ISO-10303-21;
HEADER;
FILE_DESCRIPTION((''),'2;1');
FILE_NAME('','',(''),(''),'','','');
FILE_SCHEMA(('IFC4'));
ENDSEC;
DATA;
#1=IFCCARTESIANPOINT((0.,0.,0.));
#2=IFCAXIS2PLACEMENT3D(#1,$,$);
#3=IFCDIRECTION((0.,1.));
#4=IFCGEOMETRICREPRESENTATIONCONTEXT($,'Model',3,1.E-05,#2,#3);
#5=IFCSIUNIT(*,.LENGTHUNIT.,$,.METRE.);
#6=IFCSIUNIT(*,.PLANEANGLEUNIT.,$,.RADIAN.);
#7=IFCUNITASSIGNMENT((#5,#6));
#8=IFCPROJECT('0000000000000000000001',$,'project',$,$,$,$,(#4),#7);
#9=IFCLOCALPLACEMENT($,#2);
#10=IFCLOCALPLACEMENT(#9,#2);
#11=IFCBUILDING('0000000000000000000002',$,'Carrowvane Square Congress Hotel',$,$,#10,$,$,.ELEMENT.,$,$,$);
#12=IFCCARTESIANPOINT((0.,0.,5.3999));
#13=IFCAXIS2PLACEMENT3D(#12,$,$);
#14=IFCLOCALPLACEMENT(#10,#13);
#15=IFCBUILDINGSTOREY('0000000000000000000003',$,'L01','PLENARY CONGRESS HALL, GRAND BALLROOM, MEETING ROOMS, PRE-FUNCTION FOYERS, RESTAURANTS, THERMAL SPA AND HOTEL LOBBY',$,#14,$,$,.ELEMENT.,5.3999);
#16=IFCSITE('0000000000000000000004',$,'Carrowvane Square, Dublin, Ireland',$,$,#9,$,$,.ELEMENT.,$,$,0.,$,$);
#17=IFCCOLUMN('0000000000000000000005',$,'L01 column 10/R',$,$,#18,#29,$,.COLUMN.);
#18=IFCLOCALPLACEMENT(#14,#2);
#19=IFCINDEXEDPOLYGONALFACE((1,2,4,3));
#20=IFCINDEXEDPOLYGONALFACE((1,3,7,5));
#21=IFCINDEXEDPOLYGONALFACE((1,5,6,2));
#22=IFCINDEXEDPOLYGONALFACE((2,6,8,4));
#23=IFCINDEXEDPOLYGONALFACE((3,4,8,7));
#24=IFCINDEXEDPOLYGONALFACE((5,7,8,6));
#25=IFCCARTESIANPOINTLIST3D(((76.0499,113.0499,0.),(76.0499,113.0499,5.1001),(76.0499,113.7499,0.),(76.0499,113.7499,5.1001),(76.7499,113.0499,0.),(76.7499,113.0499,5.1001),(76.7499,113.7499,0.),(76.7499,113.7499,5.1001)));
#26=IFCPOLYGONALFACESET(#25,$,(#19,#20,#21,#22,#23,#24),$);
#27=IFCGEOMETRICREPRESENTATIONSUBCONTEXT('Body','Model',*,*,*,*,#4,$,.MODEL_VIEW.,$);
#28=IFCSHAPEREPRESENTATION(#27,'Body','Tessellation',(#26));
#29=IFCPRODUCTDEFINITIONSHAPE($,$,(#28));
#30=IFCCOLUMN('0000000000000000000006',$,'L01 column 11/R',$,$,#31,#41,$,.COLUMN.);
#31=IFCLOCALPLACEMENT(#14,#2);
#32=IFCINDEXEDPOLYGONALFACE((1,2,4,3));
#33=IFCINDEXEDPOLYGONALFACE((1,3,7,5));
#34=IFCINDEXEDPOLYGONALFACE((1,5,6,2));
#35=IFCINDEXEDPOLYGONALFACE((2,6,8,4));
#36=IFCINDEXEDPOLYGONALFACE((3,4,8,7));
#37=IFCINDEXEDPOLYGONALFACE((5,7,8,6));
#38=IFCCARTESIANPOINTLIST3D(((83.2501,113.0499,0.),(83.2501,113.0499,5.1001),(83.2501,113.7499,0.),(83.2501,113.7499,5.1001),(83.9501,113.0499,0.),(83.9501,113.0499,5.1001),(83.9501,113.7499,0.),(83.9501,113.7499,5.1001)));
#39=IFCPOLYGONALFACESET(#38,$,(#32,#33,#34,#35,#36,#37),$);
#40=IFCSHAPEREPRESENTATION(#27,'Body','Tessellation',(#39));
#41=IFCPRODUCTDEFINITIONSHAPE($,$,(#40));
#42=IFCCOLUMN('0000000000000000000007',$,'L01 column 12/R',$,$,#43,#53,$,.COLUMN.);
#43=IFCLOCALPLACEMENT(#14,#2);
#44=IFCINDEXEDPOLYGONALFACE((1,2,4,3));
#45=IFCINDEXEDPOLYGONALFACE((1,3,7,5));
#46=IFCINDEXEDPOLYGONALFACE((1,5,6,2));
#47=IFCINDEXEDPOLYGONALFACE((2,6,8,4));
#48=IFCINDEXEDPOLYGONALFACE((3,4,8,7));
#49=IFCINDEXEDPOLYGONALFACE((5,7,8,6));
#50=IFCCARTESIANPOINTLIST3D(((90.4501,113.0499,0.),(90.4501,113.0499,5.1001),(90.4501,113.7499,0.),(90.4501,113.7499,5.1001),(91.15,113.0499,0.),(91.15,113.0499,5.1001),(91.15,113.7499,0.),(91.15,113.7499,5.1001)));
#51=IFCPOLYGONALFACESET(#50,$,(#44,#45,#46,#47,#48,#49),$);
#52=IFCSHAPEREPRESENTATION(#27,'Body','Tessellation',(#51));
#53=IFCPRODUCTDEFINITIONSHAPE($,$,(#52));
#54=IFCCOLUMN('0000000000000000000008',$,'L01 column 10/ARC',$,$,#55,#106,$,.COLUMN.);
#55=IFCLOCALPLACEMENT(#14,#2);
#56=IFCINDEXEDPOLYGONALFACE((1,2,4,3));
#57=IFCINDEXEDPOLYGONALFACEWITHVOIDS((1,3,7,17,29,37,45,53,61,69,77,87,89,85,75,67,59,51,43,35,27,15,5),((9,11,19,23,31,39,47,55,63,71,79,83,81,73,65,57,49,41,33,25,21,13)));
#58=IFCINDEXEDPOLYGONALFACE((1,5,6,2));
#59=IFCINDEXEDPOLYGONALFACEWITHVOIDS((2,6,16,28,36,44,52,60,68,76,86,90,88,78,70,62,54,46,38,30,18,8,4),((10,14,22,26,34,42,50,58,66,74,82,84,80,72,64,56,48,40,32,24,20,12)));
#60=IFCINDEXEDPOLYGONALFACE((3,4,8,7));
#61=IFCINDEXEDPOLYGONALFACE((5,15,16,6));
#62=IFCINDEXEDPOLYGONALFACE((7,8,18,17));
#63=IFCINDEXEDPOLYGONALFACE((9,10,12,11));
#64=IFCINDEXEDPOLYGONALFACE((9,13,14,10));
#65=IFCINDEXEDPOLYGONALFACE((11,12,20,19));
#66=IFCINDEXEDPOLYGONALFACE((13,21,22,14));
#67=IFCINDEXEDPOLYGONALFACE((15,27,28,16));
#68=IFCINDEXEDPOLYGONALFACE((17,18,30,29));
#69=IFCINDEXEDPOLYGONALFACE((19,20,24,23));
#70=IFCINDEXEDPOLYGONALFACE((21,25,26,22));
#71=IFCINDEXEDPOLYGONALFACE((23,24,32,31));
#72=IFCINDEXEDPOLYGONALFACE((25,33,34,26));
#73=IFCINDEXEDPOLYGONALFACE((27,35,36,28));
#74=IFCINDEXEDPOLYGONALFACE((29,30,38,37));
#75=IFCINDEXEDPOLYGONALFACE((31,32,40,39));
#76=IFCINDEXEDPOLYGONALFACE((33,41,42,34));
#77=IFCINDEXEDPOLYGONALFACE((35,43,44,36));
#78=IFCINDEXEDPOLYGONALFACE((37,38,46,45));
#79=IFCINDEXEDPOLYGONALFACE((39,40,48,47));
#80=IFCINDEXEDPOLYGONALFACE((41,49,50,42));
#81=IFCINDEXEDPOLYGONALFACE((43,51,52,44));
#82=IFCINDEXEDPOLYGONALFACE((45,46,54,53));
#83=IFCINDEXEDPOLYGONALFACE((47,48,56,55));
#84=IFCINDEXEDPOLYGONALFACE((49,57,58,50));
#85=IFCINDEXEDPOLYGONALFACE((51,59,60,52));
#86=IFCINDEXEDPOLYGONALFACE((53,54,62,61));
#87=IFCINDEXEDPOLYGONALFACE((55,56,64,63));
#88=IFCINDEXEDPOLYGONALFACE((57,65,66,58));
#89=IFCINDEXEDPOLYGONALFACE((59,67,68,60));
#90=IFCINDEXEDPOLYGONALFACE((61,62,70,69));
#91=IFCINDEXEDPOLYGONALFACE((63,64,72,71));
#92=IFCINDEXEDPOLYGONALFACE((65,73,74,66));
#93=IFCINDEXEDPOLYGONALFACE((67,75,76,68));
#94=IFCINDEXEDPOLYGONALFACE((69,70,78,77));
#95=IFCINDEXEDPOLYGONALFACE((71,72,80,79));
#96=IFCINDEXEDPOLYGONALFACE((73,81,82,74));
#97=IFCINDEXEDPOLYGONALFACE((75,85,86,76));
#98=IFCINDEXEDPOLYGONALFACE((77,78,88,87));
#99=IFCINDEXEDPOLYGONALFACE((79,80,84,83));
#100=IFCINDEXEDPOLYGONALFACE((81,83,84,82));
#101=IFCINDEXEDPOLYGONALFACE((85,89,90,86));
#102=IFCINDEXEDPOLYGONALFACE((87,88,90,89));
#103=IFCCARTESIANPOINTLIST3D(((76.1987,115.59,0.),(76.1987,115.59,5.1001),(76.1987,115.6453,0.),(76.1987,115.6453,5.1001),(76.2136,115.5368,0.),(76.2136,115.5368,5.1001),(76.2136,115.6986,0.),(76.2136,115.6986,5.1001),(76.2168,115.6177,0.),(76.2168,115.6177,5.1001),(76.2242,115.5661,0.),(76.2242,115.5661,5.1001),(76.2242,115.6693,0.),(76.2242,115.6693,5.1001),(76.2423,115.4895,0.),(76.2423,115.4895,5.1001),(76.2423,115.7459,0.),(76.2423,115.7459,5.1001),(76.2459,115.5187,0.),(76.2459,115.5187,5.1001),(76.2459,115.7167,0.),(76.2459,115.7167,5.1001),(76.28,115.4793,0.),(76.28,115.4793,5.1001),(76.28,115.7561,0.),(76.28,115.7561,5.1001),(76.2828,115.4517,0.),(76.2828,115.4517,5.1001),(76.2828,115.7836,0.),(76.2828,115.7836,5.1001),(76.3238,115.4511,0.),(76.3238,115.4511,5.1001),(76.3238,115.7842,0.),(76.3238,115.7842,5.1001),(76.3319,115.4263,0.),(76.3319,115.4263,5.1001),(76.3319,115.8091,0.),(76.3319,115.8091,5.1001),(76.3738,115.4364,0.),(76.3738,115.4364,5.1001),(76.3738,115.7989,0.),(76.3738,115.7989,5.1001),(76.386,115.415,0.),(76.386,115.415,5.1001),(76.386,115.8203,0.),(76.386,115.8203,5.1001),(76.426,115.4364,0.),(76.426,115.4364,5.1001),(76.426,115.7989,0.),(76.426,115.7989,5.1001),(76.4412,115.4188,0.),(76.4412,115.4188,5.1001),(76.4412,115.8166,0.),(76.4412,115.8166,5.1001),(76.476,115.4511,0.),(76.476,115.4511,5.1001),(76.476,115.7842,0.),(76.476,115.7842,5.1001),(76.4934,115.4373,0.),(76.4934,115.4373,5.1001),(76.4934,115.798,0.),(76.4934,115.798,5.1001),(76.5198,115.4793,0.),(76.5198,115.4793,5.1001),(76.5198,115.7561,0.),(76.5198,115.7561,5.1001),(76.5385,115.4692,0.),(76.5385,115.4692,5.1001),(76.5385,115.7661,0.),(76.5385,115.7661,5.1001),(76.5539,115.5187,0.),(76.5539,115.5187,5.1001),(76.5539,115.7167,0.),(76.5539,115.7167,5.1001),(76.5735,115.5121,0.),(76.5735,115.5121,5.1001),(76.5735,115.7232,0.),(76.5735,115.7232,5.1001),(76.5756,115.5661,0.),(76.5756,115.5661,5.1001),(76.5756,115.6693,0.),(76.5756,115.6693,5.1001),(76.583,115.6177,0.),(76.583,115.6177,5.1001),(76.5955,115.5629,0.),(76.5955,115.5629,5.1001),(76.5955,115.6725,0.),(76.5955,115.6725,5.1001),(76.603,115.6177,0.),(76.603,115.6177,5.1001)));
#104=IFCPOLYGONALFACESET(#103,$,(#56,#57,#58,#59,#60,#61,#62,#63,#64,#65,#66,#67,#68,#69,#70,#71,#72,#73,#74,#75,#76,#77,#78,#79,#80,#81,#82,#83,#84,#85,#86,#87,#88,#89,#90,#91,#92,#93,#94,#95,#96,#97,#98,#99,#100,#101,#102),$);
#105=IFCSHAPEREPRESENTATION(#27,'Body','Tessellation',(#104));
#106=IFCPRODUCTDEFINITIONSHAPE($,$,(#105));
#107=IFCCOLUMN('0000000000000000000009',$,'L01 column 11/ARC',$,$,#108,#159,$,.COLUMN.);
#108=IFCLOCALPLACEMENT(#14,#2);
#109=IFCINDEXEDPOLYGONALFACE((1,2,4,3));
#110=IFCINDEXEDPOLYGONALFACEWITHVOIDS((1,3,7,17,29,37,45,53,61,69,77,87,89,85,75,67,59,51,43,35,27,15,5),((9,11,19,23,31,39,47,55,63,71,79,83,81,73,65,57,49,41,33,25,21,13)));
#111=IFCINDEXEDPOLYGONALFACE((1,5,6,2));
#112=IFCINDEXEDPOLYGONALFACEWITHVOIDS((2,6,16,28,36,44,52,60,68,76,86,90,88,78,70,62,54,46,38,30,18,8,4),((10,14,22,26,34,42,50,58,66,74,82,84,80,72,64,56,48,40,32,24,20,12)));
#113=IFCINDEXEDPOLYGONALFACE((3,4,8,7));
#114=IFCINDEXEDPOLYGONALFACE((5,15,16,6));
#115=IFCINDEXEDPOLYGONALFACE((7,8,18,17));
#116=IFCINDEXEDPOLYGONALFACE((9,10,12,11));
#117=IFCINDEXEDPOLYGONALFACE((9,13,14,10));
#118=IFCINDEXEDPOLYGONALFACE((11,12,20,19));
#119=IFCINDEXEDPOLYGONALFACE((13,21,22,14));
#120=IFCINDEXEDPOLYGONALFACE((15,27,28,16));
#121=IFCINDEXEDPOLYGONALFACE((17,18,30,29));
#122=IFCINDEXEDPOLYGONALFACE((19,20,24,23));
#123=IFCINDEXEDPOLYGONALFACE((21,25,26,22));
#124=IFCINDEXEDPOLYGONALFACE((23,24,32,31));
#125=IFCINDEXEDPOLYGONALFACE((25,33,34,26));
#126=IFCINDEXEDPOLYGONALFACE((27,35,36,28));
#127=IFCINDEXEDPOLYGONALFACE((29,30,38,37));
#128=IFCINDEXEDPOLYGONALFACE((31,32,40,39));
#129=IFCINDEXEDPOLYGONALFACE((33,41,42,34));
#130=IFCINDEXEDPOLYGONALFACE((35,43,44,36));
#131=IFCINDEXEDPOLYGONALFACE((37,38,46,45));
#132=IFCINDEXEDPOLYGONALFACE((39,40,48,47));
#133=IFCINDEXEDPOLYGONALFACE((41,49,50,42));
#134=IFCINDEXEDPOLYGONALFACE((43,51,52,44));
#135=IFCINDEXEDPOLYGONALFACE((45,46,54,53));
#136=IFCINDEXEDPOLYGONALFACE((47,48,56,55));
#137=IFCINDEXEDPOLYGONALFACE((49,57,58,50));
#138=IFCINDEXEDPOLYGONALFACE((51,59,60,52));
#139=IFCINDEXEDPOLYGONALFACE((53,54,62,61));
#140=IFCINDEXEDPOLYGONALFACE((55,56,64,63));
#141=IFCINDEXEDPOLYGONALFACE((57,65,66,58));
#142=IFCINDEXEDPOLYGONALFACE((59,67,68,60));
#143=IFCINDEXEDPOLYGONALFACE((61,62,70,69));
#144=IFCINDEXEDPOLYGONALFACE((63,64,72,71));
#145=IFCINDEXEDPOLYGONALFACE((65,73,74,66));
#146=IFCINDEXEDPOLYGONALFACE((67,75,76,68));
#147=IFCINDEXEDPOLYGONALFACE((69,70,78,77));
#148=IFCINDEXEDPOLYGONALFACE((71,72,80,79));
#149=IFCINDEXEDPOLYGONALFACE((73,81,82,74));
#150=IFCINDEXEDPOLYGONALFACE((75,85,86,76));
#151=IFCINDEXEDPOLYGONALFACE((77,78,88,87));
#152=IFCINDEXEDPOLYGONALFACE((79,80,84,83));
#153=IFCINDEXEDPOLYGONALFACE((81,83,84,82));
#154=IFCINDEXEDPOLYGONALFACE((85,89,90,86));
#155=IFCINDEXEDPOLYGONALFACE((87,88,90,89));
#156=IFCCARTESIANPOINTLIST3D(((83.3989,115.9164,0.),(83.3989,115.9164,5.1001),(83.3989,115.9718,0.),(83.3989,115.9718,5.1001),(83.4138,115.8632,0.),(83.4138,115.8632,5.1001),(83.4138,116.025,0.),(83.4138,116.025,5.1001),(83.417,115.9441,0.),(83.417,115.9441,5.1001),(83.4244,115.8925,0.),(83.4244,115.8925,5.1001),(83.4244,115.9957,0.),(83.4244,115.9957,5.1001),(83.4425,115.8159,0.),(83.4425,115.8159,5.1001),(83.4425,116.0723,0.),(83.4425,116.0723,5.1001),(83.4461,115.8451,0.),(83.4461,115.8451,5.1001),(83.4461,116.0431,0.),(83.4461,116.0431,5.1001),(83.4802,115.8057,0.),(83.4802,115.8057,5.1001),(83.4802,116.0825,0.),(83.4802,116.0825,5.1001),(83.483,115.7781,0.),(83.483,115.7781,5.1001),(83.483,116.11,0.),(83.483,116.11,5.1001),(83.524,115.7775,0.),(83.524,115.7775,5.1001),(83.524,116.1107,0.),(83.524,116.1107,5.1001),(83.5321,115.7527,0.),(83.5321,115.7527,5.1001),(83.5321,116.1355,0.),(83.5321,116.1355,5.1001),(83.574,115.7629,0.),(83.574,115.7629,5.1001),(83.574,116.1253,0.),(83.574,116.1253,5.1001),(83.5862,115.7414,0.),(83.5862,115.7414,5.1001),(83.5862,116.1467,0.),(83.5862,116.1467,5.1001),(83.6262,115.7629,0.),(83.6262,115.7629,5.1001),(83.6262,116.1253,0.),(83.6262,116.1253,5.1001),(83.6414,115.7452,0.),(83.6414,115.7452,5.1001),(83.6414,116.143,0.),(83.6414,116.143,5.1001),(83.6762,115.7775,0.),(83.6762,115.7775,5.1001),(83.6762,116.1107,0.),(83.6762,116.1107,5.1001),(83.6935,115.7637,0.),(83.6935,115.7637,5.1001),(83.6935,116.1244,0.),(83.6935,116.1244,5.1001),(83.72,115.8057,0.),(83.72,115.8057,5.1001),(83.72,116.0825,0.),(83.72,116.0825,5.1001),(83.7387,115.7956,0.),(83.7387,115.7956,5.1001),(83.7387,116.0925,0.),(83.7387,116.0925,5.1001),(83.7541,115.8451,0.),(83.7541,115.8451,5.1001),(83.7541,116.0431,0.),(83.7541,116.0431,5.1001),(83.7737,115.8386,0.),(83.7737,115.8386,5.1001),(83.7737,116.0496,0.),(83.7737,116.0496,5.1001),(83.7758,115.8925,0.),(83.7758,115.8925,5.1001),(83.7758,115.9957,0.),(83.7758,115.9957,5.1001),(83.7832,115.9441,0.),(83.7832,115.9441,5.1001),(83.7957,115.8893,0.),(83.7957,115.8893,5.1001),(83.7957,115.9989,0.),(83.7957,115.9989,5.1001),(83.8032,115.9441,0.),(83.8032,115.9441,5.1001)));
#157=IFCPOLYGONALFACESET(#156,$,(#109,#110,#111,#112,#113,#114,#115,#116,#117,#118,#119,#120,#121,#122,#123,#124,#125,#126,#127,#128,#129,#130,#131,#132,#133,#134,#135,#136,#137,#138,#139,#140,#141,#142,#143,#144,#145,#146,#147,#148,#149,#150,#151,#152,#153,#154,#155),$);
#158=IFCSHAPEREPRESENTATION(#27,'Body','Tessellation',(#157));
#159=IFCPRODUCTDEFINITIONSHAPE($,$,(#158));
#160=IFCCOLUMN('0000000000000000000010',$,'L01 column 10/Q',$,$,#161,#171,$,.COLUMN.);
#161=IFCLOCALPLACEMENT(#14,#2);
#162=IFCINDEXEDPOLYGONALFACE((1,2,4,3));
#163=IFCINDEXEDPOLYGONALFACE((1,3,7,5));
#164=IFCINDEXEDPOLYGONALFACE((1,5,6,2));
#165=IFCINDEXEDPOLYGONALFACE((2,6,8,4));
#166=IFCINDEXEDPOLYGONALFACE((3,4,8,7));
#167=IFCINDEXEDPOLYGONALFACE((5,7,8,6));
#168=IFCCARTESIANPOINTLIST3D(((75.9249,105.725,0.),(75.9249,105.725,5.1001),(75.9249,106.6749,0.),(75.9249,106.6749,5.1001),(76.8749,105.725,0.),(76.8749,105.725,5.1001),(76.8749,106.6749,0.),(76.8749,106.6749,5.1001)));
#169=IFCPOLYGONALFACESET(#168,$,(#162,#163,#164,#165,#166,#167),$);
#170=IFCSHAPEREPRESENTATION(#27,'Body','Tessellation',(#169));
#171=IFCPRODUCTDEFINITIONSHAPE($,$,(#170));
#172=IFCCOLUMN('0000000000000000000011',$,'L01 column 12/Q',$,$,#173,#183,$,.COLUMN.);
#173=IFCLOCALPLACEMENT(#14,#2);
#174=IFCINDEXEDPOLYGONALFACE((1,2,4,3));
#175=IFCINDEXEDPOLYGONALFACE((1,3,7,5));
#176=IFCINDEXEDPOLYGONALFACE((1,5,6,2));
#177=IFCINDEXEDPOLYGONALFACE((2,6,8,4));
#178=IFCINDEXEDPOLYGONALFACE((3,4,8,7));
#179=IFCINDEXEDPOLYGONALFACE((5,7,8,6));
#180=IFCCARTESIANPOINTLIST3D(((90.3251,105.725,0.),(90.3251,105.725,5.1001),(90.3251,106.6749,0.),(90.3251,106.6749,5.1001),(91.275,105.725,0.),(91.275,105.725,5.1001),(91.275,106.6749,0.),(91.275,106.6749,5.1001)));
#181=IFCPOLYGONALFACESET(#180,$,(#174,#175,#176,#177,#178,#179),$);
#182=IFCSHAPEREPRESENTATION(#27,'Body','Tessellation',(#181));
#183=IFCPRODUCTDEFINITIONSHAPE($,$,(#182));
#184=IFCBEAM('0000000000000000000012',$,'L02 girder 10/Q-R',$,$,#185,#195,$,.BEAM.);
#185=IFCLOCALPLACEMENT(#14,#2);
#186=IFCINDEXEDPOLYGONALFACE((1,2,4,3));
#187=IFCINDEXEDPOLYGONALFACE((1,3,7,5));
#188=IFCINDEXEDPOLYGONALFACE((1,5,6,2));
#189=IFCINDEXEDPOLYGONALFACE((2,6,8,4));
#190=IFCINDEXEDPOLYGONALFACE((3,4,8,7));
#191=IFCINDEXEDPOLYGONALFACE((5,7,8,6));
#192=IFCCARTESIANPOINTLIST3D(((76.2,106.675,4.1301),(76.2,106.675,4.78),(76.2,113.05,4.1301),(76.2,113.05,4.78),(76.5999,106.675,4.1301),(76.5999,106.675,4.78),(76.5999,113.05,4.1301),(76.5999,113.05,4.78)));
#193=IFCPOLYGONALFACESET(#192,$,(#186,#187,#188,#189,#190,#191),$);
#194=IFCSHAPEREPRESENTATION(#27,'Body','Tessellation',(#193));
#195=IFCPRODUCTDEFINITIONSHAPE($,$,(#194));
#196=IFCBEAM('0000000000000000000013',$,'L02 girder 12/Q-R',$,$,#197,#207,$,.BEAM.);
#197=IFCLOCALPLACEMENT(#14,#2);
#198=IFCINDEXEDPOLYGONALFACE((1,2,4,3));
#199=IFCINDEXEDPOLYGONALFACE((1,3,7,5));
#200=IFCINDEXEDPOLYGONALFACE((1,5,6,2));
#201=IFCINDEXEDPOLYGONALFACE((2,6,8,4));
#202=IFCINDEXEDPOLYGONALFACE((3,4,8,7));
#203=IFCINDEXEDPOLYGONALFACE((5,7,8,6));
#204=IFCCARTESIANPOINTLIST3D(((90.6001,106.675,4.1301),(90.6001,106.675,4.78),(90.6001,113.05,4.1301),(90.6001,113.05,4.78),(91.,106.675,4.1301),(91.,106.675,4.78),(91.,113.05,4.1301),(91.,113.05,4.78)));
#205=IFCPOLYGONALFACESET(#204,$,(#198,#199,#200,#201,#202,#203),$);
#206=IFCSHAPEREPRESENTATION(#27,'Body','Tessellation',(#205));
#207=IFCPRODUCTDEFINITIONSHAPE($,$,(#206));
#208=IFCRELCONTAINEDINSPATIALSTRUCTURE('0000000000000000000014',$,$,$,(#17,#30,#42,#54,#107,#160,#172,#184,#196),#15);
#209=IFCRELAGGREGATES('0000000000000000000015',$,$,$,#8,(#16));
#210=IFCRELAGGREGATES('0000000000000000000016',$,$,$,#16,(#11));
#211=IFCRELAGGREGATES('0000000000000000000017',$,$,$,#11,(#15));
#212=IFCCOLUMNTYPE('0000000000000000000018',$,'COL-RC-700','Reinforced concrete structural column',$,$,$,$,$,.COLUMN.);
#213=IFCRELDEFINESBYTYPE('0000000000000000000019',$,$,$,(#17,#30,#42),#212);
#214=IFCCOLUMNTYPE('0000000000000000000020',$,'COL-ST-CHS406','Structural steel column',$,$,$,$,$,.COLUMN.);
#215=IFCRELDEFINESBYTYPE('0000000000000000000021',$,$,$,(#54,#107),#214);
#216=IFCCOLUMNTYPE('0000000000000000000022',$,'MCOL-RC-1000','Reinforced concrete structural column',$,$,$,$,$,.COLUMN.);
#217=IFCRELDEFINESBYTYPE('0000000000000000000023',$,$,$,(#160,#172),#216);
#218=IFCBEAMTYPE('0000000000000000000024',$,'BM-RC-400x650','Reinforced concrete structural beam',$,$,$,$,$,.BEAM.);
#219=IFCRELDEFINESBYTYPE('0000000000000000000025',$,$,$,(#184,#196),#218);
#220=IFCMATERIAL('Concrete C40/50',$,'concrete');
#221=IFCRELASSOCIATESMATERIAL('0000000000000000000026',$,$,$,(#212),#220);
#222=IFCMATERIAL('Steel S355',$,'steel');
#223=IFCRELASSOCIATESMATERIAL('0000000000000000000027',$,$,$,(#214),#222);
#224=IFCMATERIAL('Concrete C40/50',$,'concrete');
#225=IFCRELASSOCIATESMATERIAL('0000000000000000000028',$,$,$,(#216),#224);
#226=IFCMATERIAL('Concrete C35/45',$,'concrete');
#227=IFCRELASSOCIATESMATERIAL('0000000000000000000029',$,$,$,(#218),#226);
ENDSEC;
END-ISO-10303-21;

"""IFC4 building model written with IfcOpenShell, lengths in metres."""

from ifc_helpers import new_model, si_unit, direction, frame, origin, origin_2d, place, context, subcontext, project, spatial, rectangle, hollow_circle, extrude, material, material_profile, profile_set, type_object, element, save


model = new_model("IFC4")

# Units and contexts
model_context = context("Model", 3, precision=1e-05, world=origin(), true_north=direction((0.0, 1.0)))
body_context = subcontext(model_context, "Body", "Model", "MODEL_VIEW")
ifc_project = project(units=[si_unit("LENGTHUNIT", "METRE"), si_unit("PLANEANGLEUNIT", "RADIAN")], contexts=[model_context])

# Site, building, storey
site_placement = place(None, origin())
site = spatial("IfcSite", under=ifc_project, at=site_placement, Name="Carrowvane Square, Dublin, Ireland", CompositionType="ELEMENT", RefElevation=0.0)
building_placement = place(site_placement, origin())
building = spatial("IfcBuilding", under=site, at=building_placement, Name="Carrowvane Square Congress Hotel", CompositionType="ELEMENT")
storey_placement = place(building_placement, frame((0.0, 0.0, 5.3999)))
storey = spatial("IfcBuildingStorey", under=building, at=storey_placement, Name="L01", Description="PLENARY CONGRESS HALL, GRAND BALLROOM, MEETING ROOMS, PRE-FUNCTION FOYERS, RESTAURANTS, THERMAL SPA AND HOTEL LOBBY", CompositionType="ELEMENT", Elevation=5.3999)

# Columns
ifc_material_1 = material(Name="Concrete C40/50", Category="concrete")
ifc_material_profile_1 = material_profile(ifc_material_1, rectangle(XDim=0.7, YDim=0.7, at=origin_2d()), Name="RC 700x700")
ifc_profile_set_1 = profile_set([ifc_material_profile_1], Name="Concrete C40/50")
column_type_1 = type_object("IfcColumnType", Name="COL-RC-700", Description="Reinforced concrete structural column", PredefinedType="COLUMN", material=ifc_profile_set_1)
for number, where, z_axis, x_axis, name in (
    (1, (76.3999, 113.3999, 0.0), (0.0, 0.0, 1.0), (1.0, 0.0, 0.0), "L01 column 10/R"),
    (2, (83.6001, 113.3999, 0.0), (0.0, 0.0, 1.0), (1.0, 0.0, 0.0), "L01 column 11/R"),
    (3, (90.8, 113.3999, 0.0), (0.0, 0.0, 1.0), (1.0, 0.0, 0.0), "L01 column 12/R"),
):
    element("IfcColumn", number, at=place(storey_placement, frame(where, z_axis=z_axis, x_axis=x_axis)), inside=storey, type_object=column_type_1, Name=name, PredefinedType="COLUMN", context=body_context, shape_type="SweptSolid", body=[
        extrude(rectangle(XDim=0.7, YDim=0.7, at=origin_2d()), origin(), (0.0, 0.0, 1.0), 5.1001),
    ])
ifc_material_2 = material(Name="Steel S355", Category="steel")
ifc_material_profile_2 = material_profile(ifc_material_2, hollow_circle(Radius=0.2031, WallThickness=0.02, at=origin_2d()), Name="CHS 406.4x20")
ifc_profile_set_2 = profile_set([ifc_material_profile_2], Name="Steel S355")
column_type_2 = type_object("IfcColumnType", Name="COL-ST-CHS406", Description="Structural steel column", PredefinedType="COLUMN", material=ifc_profile_set_2)
for number, where, z_axis, x_axis, name in (
    (4, (76.3999, 115.6177, 0.0), (0.0, 0.0, 1.0), (1.0, 0.0, 0.0), "L01 column 10/ARC"),
    (5, (83.6001, 115.9441, 0.0), (0.0, 0.0, 1.0), (1.0, 0.0, 0.0), "L01 column 11/ARC"),
):
    element("IfcColumn", number, at=place(storey_placement, frame(where, z_axis=z_axis, x_axis=x_axis)), inside=storey, type_object=column_type_2, Name=name, PredefinedType="COLUMN", context=body_context, shape_type="SweptSolid", body=[
        extrude(hollow_circle(Radius=0.2031, WallThickness=0.02, at=origin_2d()), origin(), (0.0, 0.0, 1.0), 5.1001),
    ])
ifc_material_3 = material(Name="Concrete C40/50", Category="concrete")
ifc_material_profile_3 = material_profile(ifc_material_3, rectangle(XDim=0.95, YDim=0.95, at=origin_2d()), Name="RC 950x950")
ifc_profile_set_3 = profile_set([ifc_material_profile_3], Name="Concrete C40/50")
column_type_3 = type_object("IfcColumnType", Name="MCOL-RC-1000", Description="Reinforced concrete structural column", PredefinedType="COLUMN", material=ifc_profile_set_3)
for number, where, z_axis, x_axis, name in (
    (6, (76.3999, 106.2, 0.0), (0.0, 0.0, 1.0), (1.0, 0.0, 0.0), "L01 column 10/Q"),
    (7, (90.8, 106.2, 0.0), (0.0, 0.0, 1.0), (1.0, 0.0, 0.0), "L01 column 12/Q"),
):
    element("IfcColumn", number, at=place(storey_placement, frame(where, z_axis=z_axis, x_axis=x_axis)), inside=storey, type_object=column_type_3, Name=name, PredefinedType="COLUMN", context=body_context, shape_type="SweptSolid", body=[
        extrude(rectangle(XDim=0.95, YDim=0.95, at=origin_2d()), origin(), (0.0, 0.0, 1.0), 5.1001),
    ])

# Beams
ifc_material_4 = material(Name="Concrete C35/45", Category="concrete")
ifc_material_profile_4 = material_profile(ifc_material_4, rectangle(XDim=0.3999, YDim=0.6499, at=origin_2d()), Name="RC 400x650")
ifc_profile_set_4 = profile_set([ifc_material_profile_4], Name="Concrete C35/45")
beam_type_1 = type_object("IfcBeamType", Name="BM-RC-400x650", Description="Reinforced concrete structural beam", PredefinedType="BEAM", material=ifc_profile_set_4)
for number, where, z_axis, x_axis, name in (
    (8, (76.3999, 106.675, 4.4551), (0.0, 1.0, 0.0), (-1.0, 0.0, 0.0), "L02 girder 10/Q-R"),
    (9, (90.8, 106.675, 4.4551), (0.0, 1.0, 0.0), (-1.0, 0.0, 0.0), "L02 girder 12/Q-R"),
):
    element("IfcBeam", number, at=place(storey_placement, frame(where, z_axis=z_axis, x_axis=x_axis)), inside=storey, type_object=beam_type_1, Name=name, PredefinedType="BEAM", context=body_context, shape_type="SweptSolid", body=[
        extrude(rectangle(XDim=0.3999, YDim=0.6499, at=origin_2d()), origin(), (0.0, 0.0, 1.0), 6.375),
    ])

save(model, "model.ifc")
